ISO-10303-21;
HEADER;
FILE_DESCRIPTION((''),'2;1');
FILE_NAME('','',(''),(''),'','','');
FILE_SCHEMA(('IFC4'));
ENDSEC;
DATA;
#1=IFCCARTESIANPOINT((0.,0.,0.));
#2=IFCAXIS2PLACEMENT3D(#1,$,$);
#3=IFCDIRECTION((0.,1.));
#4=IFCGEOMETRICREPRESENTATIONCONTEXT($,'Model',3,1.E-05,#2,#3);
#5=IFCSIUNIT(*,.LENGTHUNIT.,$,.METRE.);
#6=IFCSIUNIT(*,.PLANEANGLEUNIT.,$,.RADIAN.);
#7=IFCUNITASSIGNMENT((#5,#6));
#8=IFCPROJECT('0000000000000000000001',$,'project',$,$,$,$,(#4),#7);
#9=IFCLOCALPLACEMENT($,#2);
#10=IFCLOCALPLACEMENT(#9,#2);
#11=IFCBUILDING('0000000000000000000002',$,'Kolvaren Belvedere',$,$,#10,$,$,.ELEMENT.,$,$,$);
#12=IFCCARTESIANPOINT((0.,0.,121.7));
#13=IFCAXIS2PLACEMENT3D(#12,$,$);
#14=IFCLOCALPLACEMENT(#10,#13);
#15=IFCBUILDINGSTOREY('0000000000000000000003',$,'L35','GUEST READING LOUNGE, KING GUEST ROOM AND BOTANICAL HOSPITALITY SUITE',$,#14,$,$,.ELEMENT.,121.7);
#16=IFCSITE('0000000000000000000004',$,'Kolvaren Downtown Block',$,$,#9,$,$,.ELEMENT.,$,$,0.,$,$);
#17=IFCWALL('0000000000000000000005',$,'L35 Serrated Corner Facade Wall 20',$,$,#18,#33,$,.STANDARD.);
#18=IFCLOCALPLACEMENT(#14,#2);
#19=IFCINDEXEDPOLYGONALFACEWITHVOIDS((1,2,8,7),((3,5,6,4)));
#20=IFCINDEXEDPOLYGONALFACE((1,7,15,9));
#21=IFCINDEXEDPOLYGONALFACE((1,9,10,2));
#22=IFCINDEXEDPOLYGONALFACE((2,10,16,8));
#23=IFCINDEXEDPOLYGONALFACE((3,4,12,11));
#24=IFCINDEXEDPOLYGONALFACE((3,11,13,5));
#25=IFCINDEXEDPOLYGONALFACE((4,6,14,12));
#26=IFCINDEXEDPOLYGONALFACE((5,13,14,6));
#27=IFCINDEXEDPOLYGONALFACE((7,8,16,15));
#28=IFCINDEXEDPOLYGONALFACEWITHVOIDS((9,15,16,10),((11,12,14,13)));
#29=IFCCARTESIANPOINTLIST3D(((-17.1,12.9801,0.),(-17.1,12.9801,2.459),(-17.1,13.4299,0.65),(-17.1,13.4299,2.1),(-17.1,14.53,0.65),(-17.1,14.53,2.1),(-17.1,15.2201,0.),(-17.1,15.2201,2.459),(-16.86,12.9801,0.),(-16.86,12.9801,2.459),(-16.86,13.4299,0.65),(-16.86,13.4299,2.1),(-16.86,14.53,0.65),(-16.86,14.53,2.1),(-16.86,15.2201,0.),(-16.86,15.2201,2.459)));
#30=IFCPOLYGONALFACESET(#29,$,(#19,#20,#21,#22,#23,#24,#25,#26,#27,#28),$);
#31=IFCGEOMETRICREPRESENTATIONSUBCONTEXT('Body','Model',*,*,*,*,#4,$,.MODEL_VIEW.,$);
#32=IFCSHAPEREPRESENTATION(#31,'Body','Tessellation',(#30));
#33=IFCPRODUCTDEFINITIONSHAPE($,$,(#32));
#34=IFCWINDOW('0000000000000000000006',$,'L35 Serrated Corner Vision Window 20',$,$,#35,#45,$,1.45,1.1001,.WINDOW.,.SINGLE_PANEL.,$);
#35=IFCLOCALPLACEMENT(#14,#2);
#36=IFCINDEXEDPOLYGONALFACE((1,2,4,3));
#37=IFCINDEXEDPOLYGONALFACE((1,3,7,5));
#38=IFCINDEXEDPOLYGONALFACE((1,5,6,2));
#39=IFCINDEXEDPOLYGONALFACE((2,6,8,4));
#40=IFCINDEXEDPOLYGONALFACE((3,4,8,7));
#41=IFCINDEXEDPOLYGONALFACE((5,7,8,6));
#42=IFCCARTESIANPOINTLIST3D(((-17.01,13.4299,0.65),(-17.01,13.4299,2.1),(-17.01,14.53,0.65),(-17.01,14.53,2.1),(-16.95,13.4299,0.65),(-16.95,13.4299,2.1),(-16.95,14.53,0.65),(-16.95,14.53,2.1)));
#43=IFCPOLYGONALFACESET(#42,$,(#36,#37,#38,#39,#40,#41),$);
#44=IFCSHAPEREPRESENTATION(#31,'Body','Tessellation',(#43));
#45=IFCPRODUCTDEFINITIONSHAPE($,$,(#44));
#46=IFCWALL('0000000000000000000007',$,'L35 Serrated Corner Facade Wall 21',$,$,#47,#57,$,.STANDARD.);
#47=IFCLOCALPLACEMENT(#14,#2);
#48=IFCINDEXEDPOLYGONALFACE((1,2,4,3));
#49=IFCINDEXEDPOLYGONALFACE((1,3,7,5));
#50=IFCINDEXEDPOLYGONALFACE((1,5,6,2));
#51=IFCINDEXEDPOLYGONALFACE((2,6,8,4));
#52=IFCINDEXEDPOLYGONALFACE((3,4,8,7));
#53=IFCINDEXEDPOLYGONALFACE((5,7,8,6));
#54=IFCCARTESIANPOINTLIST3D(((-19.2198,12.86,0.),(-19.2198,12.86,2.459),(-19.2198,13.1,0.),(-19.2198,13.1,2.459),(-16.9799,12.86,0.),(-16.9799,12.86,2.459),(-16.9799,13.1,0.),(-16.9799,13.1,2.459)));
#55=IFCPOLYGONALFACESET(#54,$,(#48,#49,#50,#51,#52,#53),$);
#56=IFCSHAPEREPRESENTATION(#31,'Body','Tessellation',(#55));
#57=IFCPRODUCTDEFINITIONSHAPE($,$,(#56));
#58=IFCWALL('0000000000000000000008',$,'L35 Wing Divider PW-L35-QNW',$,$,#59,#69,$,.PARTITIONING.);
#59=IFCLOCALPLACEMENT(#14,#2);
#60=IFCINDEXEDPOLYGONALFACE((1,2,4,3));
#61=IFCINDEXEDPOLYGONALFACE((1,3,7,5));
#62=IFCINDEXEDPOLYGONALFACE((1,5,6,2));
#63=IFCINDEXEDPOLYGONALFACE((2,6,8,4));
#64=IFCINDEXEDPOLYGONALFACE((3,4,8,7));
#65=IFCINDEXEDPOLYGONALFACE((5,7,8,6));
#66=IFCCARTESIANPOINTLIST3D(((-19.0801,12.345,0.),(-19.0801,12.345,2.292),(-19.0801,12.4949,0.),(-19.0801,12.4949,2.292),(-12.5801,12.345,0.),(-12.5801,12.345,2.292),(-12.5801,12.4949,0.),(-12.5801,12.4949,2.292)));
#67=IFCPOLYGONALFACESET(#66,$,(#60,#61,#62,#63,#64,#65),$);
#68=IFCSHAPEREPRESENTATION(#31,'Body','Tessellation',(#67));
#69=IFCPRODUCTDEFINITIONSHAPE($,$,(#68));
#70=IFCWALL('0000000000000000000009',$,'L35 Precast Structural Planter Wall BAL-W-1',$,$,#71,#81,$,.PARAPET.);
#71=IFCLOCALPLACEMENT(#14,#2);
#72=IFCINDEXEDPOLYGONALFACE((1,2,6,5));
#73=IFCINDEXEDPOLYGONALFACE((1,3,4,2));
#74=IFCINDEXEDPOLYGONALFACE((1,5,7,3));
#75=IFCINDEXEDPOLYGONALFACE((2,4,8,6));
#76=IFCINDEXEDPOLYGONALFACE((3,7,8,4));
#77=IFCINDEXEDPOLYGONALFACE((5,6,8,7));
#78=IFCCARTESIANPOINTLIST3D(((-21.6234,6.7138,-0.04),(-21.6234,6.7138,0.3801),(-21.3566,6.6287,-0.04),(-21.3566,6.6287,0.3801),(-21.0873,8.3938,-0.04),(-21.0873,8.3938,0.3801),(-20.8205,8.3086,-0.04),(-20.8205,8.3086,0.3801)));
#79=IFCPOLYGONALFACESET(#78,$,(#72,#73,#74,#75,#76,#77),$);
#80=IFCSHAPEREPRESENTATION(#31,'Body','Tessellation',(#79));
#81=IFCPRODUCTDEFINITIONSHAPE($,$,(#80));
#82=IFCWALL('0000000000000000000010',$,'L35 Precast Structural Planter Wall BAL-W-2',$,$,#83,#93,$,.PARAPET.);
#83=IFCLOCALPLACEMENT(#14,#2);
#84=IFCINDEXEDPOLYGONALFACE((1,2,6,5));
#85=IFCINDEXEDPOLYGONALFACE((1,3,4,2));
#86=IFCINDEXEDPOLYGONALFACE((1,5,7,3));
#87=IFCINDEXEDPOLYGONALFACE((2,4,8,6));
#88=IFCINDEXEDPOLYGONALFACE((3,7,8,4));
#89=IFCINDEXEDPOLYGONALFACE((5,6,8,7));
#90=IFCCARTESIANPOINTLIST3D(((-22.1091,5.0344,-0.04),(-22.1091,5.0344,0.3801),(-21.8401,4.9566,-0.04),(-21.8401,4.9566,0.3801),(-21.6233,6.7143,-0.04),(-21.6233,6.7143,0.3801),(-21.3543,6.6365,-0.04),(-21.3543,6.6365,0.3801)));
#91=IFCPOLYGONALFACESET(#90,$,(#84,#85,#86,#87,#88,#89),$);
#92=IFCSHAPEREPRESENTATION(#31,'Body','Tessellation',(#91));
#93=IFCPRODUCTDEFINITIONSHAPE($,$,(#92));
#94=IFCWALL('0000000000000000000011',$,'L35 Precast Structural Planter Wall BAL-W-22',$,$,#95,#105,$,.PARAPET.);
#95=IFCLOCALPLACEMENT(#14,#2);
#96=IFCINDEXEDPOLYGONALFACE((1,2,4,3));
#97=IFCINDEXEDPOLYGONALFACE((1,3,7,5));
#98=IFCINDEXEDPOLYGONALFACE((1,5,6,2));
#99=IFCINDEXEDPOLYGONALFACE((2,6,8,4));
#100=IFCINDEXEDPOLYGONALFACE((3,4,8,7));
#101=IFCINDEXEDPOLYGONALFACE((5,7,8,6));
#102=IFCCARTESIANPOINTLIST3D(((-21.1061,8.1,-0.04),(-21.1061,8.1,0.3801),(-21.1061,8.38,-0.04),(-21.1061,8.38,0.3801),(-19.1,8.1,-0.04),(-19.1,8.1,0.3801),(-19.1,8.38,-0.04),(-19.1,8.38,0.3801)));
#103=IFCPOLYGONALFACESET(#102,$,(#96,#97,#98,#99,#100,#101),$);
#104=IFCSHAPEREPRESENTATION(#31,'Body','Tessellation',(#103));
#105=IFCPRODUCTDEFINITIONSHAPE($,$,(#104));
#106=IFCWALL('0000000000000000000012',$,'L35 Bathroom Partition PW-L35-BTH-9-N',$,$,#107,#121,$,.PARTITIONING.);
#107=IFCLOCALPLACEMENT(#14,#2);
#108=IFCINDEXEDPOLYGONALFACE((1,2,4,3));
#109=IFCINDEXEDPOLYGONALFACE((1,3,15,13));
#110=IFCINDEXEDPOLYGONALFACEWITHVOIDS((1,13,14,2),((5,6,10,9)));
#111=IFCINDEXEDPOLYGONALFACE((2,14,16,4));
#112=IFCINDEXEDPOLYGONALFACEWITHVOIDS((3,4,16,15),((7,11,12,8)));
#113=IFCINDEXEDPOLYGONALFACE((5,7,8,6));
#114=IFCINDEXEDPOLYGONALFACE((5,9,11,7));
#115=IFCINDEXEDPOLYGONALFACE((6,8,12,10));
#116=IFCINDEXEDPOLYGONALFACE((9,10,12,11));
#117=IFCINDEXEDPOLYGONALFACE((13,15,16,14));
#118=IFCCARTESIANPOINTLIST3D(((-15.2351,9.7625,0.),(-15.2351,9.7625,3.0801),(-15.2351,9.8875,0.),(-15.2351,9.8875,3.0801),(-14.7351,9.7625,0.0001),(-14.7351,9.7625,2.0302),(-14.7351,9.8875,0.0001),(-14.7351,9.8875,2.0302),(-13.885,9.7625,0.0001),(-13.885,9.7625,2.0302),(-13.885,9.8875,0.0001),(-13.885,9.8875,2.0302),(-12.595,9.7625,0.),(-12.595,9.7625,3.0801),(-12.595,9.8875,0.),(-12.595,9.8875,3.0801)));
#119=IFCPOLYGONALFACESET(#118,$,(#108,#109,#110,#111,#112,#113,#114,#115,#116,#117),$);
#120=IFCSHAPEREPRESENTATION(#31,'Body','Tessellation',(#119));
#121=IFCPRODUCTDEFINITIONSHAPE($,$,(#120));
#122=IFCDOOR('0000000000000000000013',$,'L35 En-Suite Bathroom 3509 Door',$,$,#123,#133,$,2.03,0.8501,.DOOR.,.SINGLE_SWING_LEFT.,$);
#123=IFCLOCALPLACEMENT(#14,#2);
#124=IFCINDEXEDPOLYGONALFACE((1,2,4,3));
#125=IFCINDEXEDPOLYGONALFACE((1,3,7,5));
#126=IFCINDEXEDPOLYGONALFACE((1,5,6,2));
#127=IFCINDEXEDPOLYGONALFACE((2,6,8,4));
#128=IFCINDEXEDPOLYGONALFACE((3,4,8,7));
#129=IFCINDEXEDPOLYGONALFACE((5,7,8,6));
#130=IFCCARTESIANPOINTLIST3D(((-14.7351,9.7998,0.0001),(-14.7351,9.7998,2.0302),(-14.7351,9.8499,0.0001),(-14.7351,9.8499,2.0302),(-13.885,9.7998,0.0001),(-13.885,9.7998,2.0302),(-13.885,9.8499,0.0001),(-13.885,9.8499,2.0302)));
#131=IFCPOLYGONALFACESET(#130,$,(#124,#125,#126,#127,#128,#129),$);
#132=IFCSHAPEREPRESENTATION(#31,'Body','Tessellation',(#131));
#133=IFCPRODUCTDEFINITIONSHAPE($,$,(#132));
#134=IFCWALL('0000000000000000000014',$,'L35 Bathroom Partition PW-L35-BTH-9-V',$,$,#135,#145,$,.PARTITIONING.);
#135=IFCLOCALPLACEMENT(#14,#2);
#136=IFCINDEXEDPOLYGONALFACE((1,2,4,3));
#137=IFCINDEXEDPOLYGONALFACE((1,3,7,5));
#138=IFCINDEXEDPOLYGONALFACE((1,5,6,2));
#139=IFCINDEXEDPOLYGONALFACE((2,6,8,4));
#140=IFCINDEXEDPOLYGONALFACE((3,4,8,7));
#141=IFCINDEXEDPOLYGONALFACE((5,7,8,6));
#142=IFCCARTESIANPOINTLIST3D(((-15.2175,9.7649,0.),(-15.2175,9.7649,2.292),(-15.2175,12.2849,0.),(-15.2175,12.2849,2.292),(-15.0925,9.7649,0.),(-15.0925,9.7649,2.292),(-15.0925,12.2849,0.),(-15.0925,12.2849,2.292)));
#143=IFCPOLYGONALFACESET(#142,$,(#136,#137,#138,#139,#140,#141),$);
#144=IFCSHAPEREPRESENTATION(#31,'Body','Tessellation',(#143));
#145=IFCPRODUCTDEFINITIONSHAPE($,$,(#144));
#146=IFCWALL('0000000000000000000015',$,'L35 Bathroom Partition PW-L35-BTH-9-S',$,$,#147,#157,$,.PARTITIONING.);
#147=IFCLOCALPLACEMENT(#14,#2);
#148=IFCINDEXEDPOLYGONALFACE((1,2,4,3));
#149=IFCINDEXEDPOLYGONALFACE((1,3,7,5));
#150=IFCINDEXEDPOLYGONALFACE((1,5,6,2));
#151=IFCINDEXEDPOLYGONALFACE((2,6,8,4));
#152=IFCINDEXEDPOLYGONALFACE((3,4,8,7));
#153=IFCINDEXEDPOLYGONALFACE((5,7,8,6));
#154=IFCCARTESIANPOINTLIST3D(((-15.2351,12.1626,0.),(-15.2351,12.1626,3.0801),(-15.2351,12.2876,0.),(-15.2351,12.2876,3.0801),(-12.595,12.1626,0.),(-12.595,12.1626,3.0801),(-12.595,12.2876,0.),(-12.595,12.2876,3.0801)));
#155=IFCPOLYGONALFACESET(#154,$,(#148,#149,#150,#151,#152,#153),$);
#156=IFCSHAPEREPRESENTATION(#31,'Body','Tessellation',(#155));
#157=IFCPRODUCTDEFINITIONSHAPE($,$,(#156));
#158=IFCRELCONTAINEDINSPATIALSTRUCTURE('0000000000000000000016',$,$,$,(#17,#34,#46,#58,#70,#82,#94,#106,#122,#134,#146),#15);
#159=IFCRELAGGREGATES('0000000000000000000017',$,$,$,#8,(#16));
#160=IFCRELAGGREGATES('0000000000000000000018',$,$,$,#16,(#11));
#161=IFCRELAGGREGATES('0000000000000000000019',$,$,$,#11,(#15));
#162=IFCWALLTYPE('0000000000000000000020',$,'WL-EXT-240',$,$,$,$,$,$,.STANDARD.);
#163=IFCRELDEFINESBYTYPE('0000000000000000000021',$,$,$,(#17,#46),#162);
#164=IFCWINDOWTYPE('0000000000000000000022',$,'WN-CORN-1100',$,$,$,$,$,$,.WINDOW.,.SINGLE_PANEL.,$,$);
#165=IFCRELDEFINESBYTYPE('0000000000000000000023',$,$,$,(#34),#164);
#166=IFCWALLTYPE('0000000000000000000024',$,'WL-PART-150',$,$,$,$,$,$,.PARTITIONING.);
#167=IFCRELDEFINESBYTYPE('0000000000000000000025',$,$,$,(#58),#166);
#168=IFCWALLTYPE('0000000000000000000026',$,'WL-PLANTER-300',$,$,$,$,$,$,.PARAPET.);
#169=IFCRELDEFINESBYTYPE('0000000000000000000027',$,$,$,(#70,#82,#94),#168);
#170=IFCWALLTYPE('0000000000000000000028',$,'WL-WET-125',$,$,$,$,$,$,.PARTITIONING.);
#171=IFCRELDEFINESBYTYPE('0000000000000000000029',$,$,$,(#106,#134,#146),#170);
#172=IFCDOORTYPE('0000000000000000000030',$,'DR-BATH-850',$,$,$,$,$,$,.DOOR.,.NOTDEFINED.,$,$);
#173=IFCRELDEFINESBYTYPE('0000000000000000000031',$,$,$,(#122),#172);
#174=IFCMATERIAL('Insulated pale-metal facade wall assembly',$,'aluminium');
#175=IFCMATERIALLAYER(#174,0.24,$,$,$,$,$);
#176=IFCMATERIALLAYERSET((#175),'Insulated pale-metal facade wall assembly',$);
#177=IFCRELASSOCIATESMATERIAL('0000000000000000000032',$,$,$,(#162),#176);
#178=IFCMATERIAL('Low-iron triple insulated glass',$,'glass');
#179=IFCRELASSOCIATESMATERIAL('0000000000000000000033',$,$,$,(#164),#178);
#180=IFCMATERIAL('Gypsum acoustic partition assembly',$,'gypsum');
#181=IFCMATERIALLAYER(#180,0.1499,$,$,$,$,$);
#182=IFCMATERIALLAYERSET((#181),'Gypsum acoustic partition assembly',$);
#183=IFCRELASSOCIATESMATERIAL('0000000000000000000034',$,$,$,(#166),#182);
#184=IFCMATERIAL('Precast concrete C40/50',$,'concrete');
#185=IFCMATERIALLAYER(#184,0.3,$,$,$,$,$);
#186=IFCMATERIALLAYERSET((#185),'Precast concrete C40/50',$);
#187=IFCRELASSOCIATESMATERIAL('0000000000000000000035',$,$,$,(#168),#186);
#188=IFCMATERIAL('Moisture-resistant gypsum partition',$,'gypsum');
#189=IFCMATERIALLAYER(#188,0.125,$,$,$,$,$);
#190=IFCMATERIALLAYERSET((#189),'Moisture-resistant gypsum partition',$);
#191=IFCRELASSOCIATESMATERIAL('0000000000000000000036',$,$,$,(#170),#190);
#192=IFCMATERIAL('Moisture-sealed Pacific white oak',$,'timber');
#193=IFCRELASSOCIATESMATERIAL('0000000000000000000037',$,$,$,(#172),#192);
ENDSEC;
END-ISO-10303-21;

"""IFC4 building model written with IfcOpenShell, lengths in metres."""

from ifc_helpers import new_model, si_unit, direction, frame, frame_2d, origin, place, context, subcontext, project, spatial, rectangle, extrude, material, layer, layer_set, type_object, element, fill, save


model = new_model("IFC4")

# Units and contexts
model_context = context("Model", 3, precision=1e-05, world=origin(), true_north=direction((0.0, 1.0)))
body_context = subcontext(model_context, "Body", "Model", "MODEL_VIEW")
ifc_project = project(units=[si_unit("LENGTHUNIT", "METRE"), si_unit("PLANEANGLEUNIT", "RADIAN")], contexts=[model_context])

# Site, building, storey
site_placement = place(None, origin())
site = spatial("IfcSite", under=ifc_project, at=site_placement, Name="Kolvaren Downtown Block", CompositionType="ELEMENT", RefElevation=0.0)
building_placement = place(site_placement, origin())
building = spatial("IfcBuilding", under=site, at=building_placement, Name="Kolvaren Belvedere", CompositionType="ELEMENT")
storey_placement = place(building_placement, frame((0.0, 0.0, 121.7)))
storey = spatial("IfcBuildingStorey", under=building, at=storey_placement, Name="L35", Description="GUEST READING LOUNGE, KING GUEST ROOM AND BOTANICAL HOSPITALITY SUITE", CompositionType="ELEMENT", Elevation=121.7)

# Shared definitions
ifc_material_1 = material(Name="Insulated pale-metal facade wall assembly", Category="aluminium")
ifc_layer_1 = layer(ifc_material_1, 0.24)
ifc_layer_set_1 = layer_set([ifc_layer_1], Name="Insulated pale-metal facade wall assembly")
wall_type_1 = type_object("IfcWallType", Name="WL-EXT-240", PredefinedType="STANDARD", material=ifc_layer_set_1)

# Wall, opening, window
ifc_material_2 = material(Name="Low-iron triple insulated glass", Category="glass")
window_type = type_object("IfcWindowType", Name="WN-CORN-1100", PartitioningType="SINGLE_PANEL", PredefinedType="WINDOW", material=ifc_material_2)
wall_1_placement = place(storey_placement, frame((-16.98, 12.98, 0.0), z_axis=(0.0, 0.0, 1.0), x_axis=(0.0, 1.0, 0.0)))
wall_1 = element("IfcWall", 1, at=wall_1_placement, inside=storey, type_object=wall_type_1, Name="L35 Serrated Corner Facade Wall 20", PredefinedType="STANDARD", context=body_context, shape_type="SweptSolid", body=[
    extrude(rectangle(XDim=2.24, YDim=0.24, at=frame_2d((1.1201, 0.0))), origin(), (0.0, 0.0, 1.0), 2.459),
])
opening_1_placement = place(wall_1_placement, frame((0.45, 0.0, 0.6499)))
opening_1 = element("IfcOpeningElement", 2, at=opening_1_placement, cuts=wall_1, PredefinedType="OPENING", context=body_context, shape_type="SweptSolid", body=[
    extrude(rectangle(XDim=1.1001, YDim=1.45, at=frame_2d((0.55, 0.7251))), frame((0.0, 0.1299, 0.0), z_axis=(0.0, -1.0, 0.0), x_axis=(1.0, 0.0, 0.0)), (0.0, 0.0, 1.0), 0.26),
])
window_1_placement = place(opening_1_placement, origin())
window_1 = element("IfcWindow", 3, at=window_1_placement, inside=storey, type_object=window_type, Name="L35 Serrated Corner Vision Window 20", OverallHeight=1.45, OverallWidth=1.1001, PartitioningType="SINGLE_PANEL", PredefinedType="WINDOW", context=body_context, shape_type="SweptSolid", body=[
    extrude(rectangle(XDim=1.1001, YDim=1.45, at=frame_2d((0.55, 0.7251))), frame((0.0, 0.03, 0.0), z_axis=(0.0, -1.0, 0.0), x_axis=(1.0, 0.0, 0.0)), (0.0, 0.0, 1.0), 0.0601),
])
fill(opening_1, window_1)

# Walls
wall_2_placement = place(storey_placement, frame((-19.22, 12.98, 0.0), z_axis=(0.0, 0.0, 1.0), x_axis=(1.0, 0.0, 0.0)))
element("IfcWall", 4, at=wall_2_placement, inside=storey, type_object=wall_type_1, Name="L35 Serrated Corner Facade Wall 21", PredefinedType="STANDARD", context=body_context, shape_type="SweptSolid", body=[
    extrude(rectangle(XDim=2.24, YDim=0.24, at=frame_2d((1.1201, 0.0))), origin(), (0.0, 0.0, 1.0), 2.459),
])
ifc_material_3 = material(Name="Gypsum acoustic partition assembly", Category="gypsum")
ifc_layer_2 = layer(ifc_material_3, 0.1499)
ifc_layer_set_2 = layer_set([ifc_layer_2], Name="Gypsum acoustic partition assembly")
wall_type_2 = type_object("IfcWallType", Name="WL-PART-150", PredefinedType="PARTITIONING", material=ifc_layer_set_2)
wall_3_placement = place(storey_placement, frame((-19.0801, 12.4199, 0.0), z_axis=(0.0, 0.0, 1.0), x_axis=(1.0, 0.0, 0.0)))
element("IfcWall", 5, at=wall_3_placement, inside=storey, type_object=wall_type_2, Name="L35 Wing Divider PW-L35-QNW", PredefinedType="PARTITIONING", context=body_context, shape_type="SweptSolid", body=[
    extrude(rectangle(XDim=6.5, YDim=0.1499, at=frame_2d((3.25, 0.0))), origin(), (0.0, 0.0, 1.0), 2.292),
])
ifc_material_4 = material(Name="Precast concrete C40/50", Category="concrete")
ifc_layer_3 = layer(ifc_material_4, 0.3)
ifc_layer_set_3 = layer_set([ifc_layer_3], Name="Precast concrete C40/50")
wall_type_3 = type_object("IfcWallType", Name="WL-PLANTER-300", PredefinedType="PARAPET", material=ifc_layer_set_3)
wall_4_placement = place(storey_placement, frame((-20.9539, 8.3513, -0.04), z_axis=(0.0, 0.0, 1.0), x_axis=(-0.304032, -0.952662, 0.0)))
element("IfcWall", 6, at=wall_4_placement, inside=storey, type_object=wall_type_3, Name="L35 Precast Structural Planter Wall BAL-W-1", PredefinedType="PARAPET", context=body_context, shape_type="SweptSolid", body=[
    extrude(rectangle(XDim=1.7634, YDim=0.28, at=frame_2d((0.8818, 0.0))), origin(), (0.0, 0.0, 1.0), 0.4202),
])
wall_5_placement = place(storey_placement, frame((-21.4888, 6.6755, -0.04), z_axis=(0.0, 0.0, 1.0), x_axis=(-0.277817, -0.960634, 0.0)))
element("IfcWall", 7, at=wall_5_placement, inside=storey, type_object=wall_type_3, Name="L35 Precast Structural Planter Wall BAL-W-2", PredefinedType="PARAPET", context=body_context, shape_type="SweptSolid", body=[
    extrude(rectangle(XDim=1.7488, YDim=0.28, at=frame_2d((0.8745, 0.0))), origin(), (0.0, 0.0, 1.0), 0.4202),
])
wall_6_placement = place(storey_placement, frame((-19.1001, 8.24, -0.04), z_axis=(0.0, 0.0, 1.0), x_axis=(-1.0, 0.0, 0.0)))
element("IfcWall", 8, at=wall_6_placement, inside=storey, type_object=wall_type_3, Name="L35 Precast Structural Planter Wall BAL-W-22", PredefinedType="PARAPET", context=body_context, shape_type="SweptSolid", body=[
    extrude(rectangle(XDim=2.0061, YDim=0.28, at=frame_2d((1.0029, 0.0))), origin(), (0.0, 0.0, 1.0), 0.4202),
])

# Wall, opening, door
ifc_material_5 = material(Name="Moisture-resistant gypsum partition", Category="gypsum")
ifc_layer_4 = layer(ifc_material_5, 0.125)
ifc_layer_set_4 = layer_set([ifc_layer_4], Name="Moisture-resistant gypsum partition")
wall_type_4 = type_object("IfcWallType", Name="WL-WET-125", PredefinedType="PARTITIONING", material=ifc_layer_set_4)
wall_7_placement = place(storey_placement, frame((-15.2351, 9.825, 0.0), z_axis=(0.0, 0.0, 1.0), x_axis=(1.0, 0.0, 0.0)))
wall_7 = element("IfcWall", 9, at=wall_7_placement, inside=storey, type_object=wall_type_4, Name="L35 Bathroom Partition PW-L35-BTH-9-N", PredefinedType="PARTITIONING", context=body_context, shape_type="SweptSolid", body=[
    extrude(rectangle(XDim=2.6401, YDim=0.125, at=frame_2d((1.3201, 0.0))), origin(), (0.0, 0.0, 1.0), 3.0801),
])
opening_2_placement = place(wall_7_placement, frame((0.5, 0.0, 0.0)))
opening_2 = element("IfcOpeningElement", 10, at=opening_2_placement, cuts=wall_7, PredefinedType="OPENING", context=body_context, shape_type="SweptSolid", body=[
    extrude(rectangle(XDim=0.8501, YDim=2.03, at=frame_2d((0.425, 1.0151))), frame((0.0, 0.0725, 0.0), z_axis=(0.0, -1.0, 0.0), x_axis=(1.0, 0.0, 0.0)), (0.0, 0.0, 1.0), 0.145),
])
ifc_material_6 = material(Name="Moisture-sealed Pacific white oak", Category="timber")
door_type_1 = type_object("IfcDoorType", Name="DR-BATH-850", OperationType="NOTDEFINED", PredefinedType="DOOR", material=ifc_material_6)
door_1_placement = place(opening_2_placement, origin())
door_1 = element("IfcDoor", 11, at=door_1_placement, inside=storey, type_object=door_type_1, Name="L35 En-Suite Bathroom 3509 Door", OperationType="SINGLE_SWING_LEFT", OverallHeight=2.03, OverallWidth=0.8501, PredefinedType="DOOR", context=body_context, shape_type="SweptSolid", body=[
    extrude(rectangle(XDim=0.8501, YDim=2.03, at=frame_2d((0.425, 1.0151))), frame((0.0, 0.0249, 0.0), z_axis=(0.0, -1.0, 0.0), x_axis=(1.0, 0.0, 0.0)), (0.0, 0.0, 1.0), 0.05),
])
fill(opening_2, door_1)

# Walls
wall_8_placement = place(storey_placement, frame((-15.155, 9.7649, 0.0), z_axis=(0.0, 0.0, 1.0), x_axis=(0.0, 1.0, 0.0)))
element("IfcWall", 12, at=wall_8_placement, inside=storey, type_object=wall_type_4, Name="L35 Bathroom Partition PW-L35-BTH-9-V", PredefinedType="PARTITIONING", context=body_context, shape_type="SweptSolid", body=[
    extrude(rectangle(XDim=2.52, YDim=0.125, at=frame_2d((1.26, 0.0))), origin(), (0.0, 0.0, 1.0), 2.292),
])
wall_9_placement = place(storey_placement, frame((-15.2351, 12.2251, 0.0), z_axis=(0.0, 0.0, 1.0), x_axis=(1.0, 0.0, 0.0)))
element("IfcWall", 13, at=wall_9_placement, inside=storey, type_object=wall_type_4, Name="L35 Bathroom Partition PW-L35-BTH-9-S", PredefinedType="PARTITIONING", context=body_context, shape_type="SweptSolid", body=[
    extrude(rectangle(XDim=2.6401, YDim=0.125, at=frame_2d((1.3201, 0.0))), origin(), (0.0, 0.0, 1.0), 3.0801),
])

save(model, "model.ifc")
